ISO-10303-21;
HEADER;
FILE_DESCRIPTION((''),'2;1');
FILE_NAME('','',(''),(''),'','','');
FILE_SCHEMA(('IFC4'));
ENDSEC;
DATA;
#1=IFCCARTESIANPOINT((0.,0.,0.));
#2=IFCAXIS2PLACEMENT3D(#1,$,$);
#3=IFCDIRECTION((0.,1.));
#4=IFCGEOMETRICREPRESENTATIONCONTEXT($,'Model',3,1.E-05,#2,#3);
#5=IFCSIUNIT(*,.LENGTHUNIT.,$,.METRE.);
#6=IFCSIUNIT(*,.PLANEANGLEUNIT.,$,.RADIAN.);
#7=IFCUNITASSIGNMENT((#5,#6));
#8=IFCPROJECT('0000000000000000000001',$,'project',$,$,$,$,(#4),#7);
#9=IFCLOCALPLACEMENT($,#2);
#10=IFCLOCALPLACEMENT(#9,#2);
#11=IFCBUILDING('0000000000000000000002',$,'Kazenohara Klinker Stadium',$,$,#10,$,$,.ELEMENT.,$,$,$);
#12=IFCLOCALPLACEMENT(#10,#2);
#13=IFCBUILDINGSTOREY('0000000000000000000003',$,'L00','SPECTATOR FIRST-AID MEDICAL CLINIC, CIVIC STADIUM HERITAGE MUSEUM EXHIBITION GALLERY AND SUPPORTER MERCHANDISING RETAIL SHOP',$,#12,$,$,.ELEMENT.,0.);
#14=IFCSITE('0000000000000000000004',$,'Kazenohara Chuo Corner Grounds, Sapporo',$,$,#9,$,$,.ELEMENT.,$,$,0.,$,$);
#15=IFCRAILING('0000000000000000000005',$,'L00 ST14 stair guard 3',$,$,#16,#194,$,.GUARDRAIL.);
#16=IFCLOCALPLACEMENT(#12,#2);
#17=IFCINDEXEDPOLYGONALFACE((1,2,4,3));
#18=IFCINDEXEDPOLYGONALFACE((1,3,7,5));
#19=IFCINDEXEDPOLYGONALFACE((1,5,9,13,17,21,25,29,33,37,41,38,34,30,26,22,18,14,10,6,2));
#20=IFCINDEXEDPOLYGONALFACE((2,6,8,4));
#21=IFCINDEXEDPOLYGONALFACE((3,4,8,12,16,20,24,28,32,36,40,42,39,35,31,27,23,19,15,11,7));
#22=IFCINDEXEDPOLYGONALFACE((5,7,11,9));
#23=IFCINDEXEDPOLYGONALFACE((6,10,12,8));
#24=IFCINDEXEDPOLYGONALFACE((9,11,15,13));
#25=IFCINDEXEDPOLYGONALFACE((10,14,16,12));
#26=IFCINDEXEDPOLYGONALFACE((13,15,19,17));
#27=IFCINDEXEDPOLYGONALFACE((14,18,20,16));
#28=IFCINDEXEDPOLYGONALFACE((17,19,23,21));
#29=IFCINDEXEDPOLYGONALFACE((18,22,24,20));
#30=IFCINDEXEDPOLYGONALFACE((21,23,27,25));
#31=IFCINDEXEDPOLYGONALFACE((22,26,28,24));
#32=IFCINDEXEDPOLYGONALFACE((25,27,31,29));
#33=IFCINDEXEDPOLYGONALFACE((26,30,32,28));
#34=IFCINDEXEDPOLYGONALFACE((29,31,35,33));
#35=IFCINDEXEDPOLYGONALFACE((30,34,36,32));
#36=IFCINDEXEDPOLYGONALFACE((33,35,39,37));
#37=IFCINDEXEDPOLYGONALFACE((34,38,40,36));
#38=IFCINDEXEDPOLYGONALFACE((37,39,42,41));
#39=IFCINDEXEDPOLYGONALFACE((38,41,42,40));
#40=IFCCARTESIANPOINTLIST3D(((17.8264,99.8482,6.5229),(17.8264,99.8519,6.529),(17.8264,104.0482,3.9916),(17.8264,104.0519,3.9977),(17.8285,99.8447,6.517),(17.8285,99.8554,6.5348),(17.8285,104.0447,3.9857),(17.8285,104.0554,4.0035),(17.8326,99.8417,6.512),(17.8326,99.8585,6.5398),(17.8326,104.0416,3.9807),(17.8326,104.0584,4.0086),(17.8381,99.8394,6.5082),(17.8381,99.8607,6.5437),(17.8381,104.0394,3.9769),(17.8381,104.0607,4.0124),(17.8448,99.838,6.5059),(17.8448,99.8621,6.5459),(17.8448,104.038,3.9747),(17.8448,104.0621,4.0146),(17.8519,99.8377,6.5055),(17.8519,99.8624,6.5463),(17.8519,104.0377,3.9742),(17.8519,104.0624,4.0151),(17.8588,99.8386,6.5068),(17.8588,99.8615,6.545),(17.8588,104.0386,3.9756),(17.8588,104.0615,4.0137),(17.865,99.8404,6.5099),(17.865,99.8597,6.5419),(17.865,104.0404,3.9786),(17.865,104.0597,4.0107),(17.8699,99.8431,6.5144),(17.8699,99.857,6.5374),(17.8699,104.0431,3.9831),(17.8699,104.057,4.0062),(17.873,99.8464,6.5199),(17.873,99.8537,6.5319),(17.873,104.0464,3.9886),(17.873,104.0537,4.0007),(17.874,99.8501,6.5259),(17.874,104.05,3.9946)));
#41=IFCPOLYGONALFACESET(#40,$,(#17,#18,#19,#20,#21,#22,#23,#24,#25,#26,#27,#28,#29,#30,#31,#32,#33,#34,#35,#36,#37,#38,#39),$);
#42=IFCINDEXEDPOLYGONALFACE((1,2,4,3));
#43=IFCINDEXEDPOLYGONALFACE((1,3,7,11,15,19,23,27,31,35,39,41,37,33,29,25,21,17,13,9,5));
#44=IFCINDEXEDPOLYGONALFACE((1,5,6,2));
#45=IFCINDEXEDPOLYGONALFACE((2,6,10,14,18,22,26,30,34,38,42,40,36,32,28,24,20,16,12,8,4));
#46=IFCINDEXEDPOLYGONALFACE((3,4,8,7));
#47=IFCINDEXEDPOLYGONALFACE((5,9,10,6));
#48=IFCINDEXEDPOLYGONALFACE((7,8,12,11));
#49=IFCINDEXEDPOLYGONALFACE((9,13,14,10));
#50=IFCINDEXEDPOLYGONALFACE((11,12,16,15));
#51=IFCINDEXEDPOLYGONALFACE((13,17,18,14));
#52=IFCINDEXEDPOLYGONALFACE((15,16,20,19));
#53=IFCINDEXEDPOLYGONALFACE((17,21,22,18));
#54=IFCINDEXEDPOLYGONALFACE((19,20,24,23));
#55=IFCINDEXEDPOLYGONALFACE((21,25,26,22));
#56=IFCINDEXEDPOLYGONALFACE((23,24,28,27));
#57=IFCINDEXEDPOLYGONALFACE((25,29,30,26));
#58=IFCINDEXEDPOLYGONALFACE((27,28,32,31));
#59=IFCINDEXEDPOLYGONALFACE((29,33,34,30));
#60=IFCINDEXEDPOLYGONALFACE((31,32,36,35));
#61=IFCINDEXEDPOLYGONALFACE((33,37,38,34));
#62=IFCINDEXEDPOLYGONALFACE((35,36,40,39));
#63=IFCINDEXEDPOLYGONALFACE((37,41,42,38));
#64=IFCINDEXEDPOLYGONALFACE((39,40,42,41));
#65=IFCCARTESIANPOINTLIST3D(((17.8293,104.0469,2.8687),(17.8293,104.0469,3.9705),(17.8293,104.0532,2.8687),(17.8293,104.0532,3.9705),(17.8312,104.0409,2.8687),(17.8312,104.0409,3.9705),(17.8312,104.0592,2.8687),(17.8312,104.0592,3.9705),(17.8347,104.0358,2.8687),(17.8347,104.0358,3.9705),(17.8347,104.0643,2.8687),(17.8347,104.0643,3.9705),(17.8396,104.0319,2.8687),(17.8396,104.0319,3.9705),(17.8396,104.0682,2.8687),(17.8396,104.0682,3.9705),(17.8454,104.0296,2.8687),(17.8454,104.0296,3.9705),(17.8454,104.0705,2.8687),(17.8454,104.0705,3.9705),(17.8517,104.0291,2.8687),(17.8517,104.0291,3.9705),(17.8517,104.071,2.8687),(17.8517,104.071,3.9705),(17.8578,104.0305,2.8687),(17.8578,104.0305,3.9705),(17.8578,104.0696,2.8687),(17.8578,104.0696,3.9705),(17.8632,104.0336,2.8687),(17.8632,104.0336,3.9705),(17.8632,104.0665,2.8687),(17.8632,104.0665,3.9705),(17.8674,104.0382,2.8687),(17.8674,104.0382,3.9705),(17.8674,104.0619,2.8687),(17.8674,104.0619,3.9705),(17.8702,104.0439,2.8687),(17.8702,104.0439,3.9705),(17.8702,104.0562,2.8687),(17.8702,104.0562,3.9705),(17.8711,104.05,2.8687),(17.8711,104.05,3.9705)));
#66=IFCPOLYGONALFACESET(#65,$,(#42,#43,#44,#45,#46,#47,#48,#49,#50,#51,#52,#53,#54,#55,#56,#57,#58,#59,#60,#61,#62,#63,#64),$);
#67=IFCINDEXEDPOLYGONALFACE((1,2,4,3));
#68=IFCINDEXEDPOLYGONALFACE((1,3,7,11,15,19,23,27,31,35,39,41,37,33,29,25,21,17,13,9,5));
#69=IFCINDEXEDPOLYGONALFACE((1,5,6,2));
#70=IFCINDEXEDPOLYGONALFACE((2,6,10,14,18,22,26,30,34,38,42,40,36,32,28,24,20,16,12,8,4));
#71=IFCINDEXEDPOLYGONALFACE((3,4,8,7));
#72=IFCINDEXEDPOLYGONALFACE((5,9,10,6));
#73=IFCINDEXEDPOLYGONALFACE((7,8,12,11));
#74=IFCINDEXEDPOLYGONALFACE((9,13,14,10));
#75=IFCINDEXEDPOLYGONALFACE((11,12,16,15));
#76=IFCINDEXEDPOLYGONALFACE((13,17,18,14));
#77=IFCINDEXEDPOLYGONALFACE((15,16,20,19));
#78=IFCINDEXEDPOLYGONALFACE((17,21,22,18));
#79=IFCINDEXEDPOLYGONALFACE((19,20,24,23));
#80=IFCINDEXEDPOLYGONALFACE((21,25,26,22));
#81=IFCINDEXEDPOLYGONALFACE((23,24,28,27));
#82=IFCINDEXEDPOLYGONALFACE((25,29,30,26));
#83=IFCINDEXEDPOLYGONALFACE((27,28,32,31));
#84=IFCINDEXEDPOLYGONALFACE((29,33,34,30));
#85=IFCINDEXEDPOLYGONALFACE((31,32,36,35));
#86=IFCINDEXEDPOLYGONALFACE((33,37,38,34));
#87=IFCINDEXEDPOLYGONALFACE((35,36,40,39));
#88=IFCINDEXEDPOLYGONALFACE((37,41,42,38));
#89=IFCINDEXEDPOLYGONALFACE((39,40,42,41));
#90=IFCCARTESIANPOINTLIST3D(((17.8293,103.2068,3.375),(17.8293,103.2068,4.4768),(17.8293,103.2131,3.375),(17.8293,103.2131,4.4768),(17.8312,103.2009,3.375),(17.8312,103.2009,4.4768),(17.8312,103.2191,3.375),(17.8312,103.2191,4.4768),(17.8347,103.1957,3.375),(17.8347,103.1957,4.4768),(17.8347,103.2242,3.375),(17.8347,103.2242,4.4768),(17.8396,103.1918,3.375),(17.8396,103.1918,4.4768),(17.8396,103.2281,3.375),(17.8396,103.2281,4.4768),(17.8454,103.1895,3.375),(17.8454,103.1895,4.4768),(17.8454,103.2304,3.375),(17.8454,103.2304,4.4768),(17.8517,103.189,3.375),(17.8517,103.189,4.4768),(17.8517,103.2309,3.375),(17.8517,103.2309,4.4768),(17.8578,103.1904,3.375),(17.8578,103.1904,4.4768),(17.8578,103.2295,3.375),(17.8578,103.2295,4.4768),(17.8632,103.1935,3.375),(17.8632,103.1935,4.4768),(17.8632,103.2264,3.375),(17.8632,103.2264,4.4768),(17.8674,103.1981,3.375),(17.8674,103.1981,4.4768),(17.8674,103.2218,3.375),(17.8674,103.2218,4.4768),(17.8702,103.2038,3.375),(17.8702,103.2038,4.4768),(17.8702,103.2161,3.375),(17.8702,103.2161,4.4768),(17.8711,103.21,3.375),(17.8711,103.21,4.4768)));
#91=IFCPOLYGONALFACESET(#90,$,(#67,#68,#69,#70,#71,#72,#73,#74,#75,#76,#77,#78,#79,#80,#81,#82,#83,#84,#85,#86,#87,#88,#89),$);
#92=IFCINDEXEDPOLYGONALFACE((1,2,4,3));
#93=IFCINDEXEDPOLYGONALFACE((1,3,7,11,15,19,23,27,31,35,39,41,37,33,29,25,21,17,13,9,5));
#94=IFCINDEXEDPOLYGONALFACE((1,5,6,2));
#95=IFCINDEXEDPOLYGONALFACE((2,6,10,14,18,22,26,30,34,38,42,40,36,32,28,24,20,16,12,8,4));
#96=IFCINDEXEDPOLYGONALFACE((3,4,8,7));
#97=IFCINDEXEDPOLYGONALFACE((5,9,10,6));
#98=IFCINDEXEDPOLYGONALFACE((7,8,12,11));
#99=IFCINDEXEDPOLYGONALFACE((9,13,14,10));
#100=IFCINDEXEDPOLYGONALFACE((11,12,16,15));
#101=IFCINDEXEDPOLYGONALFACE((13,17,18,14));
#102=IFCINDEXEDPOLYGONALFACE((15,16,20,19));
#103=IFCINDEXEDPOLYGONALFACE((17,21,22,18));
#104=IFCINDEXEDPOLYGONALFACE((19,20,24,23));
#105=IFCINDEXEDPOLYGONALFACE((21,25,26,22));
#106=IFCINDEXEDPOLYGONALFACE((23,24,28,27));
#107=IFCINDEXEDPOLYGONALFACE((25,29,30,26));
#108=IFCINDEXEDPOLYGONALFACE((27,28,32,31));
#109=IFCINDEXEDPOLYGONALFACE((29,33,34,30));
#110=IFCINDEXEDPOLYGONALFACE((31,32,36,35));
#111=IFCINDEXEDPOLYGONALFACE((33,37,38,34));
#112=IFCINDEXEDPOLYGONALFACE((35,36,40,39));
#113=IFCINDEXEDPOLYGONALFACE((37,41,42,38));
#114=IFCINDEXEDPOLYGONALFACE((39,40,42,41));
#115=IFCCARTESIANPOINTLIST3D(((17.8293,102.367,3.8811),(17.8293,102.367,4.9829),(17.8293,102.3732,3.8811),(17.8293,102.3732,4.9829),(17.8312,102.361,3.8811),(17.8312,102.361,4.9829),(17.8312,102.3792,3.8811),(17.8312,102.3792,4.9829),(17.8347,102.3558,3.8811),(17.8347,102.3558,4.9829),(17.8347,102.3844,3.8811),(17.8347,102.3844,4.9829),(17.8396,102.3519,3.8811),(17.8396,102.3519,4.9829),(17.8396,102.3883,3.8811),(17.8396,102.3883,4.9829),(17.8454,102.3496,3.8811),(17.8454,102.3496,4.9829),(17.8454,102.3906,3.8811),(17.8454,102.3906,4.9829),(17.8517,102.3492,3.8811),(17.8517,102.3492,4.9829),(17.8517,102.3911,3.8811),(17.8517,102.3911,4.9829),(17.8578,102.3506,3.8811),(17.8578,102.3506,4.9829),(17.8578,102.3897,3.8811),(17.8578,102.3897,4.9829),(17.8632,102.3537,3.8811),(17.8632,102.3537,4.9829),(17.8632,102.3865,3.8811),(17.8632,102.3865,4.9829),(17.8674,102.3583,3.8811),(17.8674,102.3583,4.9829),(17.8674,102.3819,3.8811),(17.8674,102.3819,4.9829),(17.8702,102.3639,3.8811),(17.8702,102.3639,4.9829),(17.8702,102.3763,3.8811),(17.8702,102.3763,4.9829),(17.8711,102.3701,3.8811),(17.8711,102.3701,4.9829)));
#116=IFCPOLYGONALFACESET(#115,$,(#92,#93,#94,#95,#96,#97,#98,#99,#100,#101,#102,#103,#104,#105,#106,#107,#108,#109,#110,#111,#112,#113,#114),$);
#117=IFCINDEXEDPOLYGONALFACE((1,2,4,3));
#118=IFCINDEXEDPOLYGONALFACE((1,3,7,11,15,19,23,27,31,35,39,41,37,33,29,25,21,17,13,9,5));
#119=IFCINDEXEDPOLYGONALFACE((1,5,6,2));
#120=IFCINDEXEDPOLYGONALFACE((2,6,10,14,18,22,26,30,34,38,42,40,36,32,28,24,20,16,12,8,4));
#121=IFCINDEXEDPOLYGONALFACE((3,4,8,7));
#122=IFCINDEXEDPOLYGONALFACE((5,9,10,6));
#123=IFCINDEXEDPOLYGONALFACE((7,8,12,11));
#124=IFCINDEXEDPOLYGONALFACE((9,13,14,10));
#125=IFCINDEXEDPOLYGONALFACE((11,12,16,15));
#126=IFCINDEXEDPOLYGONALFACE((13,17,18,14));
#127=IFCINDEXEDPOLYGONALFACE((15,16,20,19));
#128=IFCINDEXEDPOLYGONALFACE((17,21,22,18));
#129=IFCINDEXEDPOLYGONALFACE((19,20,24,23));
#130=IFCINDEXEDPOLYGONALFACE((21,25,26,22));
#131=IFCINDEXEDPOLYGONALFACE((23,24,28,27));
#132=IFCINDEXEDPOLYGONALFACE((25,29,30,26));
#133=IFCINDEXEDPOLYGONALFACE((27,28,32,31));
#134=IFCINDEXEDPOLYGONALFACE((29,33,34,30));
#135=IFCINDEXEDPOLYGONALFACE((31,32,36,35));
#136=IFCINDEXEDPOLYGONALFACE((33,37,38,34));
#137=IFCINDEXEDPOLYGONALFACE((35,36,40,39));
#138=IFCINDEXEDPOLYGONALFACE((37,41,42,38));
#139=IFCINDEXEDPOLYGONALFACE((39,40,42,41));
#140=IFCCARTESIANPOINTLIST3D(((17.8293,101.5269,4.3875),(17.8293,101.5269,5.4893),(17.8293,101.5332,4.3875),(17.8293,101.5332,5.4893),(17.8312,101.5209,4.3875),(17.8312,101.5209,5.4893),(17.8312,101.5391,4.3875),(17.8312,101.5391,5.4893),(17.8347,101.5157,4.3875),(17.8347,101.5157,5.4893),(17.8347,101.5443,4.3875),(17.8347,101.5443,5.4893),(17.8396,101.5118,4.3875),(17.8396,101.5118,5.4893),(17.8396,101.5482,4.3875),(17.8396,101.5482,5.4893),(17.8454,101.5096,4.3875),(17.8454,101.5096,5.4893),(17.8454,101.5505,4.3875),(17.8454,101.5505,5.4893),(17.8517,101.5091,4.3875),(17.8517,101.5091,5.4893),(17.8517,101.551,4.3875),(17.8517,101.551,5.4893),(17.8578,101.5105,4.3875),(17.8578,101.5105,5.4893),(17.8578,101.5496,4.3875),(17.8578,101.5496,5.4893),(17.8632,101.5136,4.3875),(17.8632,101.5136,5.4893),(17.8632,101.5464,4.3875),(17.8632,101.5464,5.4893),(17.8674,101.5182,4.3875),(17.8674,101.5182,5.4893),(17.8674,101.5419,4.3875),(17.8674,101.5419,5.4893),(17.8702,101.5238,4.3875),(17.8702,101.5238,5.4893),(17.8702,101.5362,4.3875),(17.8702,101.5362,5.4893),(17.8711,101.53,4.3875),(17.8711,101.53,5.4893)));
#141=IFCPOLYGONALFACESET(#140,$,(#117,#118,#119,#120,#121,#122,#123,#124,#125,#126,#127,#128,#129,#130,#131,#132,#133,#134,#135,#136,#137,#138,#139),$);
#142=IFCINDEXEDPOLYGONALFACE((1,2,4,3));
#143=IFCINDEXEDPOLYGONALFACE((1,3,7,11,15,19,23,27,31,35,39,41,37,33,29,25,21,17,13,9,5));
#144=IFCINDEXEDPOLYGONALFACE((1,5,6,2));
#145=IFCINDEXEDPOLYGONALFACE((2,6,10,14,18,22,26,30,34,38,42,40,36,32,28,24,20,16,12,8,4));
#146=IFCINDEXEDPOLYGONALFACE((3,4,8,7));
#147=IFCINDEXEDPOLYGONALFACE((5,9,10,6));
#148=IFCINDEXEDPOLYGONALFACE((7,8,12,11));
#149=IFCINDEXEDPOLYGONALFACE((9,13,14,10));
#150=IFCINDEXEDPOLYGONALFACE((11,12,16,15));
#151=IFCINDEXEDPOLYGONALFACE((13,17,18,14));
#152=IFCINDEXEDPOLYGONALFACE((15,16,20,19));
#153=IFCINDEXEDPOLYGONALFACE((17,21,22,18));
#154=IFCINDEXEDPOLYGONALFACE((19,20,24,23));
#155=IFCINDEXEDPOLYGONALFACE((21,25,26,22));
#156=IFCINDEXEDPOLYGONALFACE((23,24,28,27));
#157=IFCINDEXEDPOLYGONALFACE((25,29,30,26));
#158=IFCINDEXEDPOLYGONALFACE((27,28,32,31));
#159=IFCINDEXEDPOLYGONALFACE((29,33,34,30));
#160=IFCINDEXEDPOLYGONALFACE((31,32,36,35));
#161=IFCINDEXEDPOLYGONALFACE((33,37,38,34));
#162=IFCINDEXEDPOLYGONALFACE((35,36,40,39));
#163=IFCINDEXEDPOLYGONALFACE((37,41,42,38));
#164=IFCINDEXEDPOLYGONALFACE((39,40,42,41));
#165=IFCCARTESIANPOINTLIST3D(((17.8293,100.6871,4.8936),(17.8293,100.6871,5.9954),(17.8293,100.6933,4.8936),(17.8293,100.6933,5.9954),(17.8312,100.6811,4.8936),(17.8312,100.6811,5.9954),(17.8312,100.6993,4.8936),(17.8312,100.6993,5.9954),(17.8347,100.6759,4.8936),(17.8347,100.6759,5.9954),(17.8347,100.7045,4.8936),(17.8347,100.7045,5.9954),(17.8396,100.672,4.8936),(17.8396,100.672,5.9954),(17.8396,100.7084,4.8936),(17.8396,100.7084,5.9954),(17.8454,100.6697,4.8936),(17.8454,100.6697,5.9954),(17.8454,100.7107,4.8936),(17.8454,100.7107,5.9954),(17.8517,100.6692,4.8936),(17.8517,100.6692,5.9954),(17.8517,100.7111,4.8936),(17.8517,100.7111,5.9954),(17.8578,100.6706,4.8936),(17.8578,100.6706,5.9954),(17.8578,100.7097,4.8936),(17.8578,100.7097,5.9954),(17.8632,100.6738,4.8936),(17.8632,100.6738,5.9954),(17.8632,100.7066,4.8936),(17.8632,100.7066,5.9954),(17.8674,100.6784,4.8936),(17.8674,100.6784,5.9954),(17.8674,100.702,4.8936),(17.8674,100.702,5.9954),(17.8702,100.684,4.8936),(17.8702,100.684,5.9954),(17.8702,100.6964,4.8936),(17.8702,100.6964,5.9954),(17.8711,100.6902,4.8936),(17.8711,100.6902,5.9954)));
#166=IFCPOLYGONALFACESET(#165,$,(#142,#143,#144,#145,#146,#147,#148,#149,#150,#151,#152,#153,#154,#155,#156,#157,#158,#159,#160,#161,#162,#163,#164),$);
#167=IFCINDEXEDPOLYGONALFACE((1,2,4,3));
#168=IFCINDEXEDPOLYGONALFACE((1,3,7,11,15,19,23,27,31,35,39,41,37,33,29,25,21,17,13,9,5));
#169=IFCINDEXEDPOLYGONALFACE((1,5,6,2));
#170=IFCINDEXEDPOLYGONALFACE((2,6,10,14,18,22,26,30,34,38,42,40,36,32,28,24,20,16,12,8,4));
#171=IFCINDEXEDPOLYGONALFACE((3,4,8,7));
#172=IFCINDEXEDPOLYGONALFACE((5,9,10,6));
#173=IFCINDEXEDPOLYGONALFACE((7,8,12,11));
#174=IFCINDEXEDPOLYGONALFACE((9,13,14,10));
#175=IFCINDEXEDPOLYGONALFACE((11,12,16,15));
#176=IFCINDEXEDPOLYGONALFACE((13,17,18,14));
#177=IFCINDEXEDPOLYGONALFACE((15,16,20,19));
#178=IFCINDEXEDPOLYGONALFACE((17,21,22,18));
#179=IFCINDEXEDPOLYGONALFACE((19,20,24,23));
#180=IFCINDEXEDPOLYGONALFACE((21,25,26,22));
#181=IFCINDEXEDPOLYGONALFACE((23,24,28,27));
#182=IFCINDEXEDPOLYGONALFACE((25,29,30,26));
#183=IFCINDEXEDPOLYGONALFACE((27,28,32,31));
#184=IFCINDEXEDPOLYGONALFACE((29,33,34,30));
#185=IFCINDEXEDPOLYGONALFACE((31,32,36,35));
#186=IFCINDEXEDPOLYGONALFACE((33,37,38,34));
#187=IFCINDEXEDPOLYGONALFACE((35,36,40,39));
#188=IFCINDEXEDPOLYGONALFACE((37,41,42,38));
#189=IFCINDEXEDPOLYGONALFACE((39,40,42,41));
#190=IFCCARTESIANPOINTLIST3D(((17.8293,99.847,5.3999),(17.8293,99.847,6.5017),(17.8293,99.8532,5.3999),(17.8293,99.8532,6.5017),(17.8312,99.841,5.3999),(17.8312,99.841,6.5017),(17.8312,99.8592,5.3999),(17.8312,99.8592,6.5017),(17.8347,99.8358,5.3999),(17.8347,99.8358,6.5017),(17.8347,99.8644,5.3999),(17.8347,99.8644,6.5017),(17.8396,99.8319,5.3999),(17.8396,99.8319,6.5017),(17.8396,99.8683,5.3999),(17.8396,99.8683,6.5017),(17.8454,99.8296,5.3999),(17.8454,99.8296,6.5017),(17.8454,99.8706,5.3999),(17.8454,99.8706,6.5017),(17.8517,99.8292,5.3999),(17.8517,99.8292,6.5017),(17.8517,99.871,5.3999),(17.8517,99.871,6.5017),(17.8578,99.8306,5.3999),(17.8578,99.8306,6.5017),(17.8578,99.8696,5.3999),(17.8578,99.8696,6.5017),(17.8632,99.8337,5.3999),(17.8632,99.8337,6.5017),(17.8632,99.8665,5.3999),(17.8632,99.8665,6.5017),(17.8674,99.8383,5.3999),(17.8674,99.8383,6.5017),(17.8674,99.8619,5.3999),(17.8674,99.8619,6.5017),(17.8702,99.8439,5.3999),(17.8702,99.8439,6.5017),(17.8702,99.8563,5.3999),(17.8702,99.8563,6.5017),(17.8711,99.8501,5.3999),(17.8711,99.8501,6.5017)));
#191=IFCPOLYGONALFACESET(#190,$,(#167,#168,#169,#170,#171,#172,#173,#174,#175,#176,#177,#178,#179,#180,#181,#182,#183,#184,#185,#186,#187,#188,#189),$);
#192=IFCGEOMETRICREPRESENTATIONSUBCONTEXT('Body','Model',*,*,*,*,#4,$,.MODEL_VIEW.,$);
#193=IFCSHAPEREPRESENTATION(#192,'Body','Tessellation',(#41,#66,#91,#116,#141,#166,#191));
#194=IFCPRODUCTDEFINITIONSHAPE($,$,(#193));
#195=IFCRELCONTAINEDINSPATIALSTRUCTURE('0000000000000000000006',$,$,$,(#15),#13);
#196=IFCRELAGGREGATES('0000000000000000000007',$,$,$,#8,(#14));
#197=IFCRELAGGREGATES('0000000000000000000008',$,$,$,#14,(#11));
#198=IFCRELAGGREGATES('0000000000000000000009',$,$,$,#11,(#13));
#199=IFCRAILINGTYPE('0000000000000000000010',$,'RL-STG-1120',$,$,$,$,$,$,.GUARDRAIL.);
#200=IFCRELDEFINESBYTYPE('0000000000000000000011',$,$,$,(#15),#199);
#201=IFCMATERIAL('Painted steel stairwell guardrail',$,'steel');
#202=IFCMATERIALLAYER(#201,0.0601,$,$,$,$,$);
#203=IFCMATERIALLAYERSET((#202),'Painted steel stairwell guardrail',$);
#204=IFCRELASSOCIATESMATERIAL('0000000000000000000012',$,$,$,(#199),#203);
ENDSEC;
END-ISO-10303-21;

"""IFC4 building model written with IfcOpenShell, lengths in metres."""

from ifc_helpers import new_model, si_unit, direction, frame, origin, origin_2d, place, context, subcontext, project, spatial, circle, extrude, material, layer, layer_set, type_object, element, save


model = new_model("IFC4")

# Units and contexts
model_context = context("Model", 3, precision=1e-05, world=origin(), true_north=direction((0.0, 1.0)))
body_context = subcontext(model_context, "Body", "Model", "MODEL_VIEW")
ifc_project = project(units=[si_unit("LENGTHUNIT", "METRE"), si_unit("PLANEANGLEUNIT", "RADIAN")], contexts=[model_context])

# Site, building, storey
site_placement = place(None, origin())
site = spatial("IfcSite", under=ifc_project, at=site_placement, Name="Kazenohara Chuo Corner Grounds, Sapporo", CompositionType="ELEMENT", RefElevation=0.0)
building_placement = place(site_placement, origin())
building = spatial("IfcBuilding", under=site, at=building_placement, Name="Kazenohara Klinker Stadium", CompositionType="ELEMENT")
storey_placement = place(building_placement, origin())
storey = spatial("IfcBuildingStorey", under=building, at=storey_placement, Name="L00", Description="SPECTATOR FIRST-AID MEDICAL CLINIC, CIVIC STADIUM HERITAGE MUSEUM EXHIBITION GALLERY AND SUPPORTER MERCHANDISING RETAIL SHOP", CompositionType="ELEMENT", Elevation=0.0)

# Railing
ifc_material_1 = material(Name="Painted steel stairwell guardrail", Category="steel")
ifc_layer_1 = layer(ifc_material_1, 0.0601)
ifc_layer_set_1 = layer_set([ifc_layer_1], Name="Painted steel stairwell guardrail")
railing_type_1 = type_object("IfcRailingType", Name="RL-STG-1120", PredefinedType="GUARDRAIL", material=ifc_layer_set_1)
railing_1_placement = place(storey_placement, frame((17.8501, 104.05, 2.8687)))
element("IfcRailing", 1, at=railing_1_placement, inside=storey, type_object=railing_type_1, Name="L00 ST14 stair guard 3", PredefinedType="GUARDRAIL", context=body_context, shape_type="SweptSolid", body=[
    extrude(circle(Radius=0.0239, at=origin_2d()), frame((0.0, 0.0, 1.126), z_axis=(0.0, -0.856476, 0.516186), x_axis=(1.0, 0.0, 0.0)), (0.0, 0.0, 1.0), 4.9038),
    extrude(circle(Radius=0.021, at=origin_2d()), origin(), (0.0, 0.0, 1.0), 1.1018),
    extrude(circle(Radius=0.021, at=origin_2d()), frame((0.0, -0.8401, 0.5063)), (0.0, 0.0, 1.0), 1.1018),
    extrude(circle(Radius=0.021, at=origin_2d()), frame((0.0, -1.6799, 1.0125)), (0.0, 0.0, 1.0), 1.1018),
    extrude(circle(Radius=0.021, at=origin_2d()), frame((0.0, -2.52, 1.5188)), (0.0, 0.0, 1.0), 1.1018),
    extrude(circle(Radius=0.021, at=origin_2d()), frame((0.0, -3.3599, 2.0249)), (0.0, 0.0, 1.0), 1.1018),
    extrude(circle(Radius=0.021, at=origin_2d()), frame((0.0, -4.2, 2.5312)), (0.0, 0.0, 1.0), 1.1018),
])

save(model, "model.ifc")
